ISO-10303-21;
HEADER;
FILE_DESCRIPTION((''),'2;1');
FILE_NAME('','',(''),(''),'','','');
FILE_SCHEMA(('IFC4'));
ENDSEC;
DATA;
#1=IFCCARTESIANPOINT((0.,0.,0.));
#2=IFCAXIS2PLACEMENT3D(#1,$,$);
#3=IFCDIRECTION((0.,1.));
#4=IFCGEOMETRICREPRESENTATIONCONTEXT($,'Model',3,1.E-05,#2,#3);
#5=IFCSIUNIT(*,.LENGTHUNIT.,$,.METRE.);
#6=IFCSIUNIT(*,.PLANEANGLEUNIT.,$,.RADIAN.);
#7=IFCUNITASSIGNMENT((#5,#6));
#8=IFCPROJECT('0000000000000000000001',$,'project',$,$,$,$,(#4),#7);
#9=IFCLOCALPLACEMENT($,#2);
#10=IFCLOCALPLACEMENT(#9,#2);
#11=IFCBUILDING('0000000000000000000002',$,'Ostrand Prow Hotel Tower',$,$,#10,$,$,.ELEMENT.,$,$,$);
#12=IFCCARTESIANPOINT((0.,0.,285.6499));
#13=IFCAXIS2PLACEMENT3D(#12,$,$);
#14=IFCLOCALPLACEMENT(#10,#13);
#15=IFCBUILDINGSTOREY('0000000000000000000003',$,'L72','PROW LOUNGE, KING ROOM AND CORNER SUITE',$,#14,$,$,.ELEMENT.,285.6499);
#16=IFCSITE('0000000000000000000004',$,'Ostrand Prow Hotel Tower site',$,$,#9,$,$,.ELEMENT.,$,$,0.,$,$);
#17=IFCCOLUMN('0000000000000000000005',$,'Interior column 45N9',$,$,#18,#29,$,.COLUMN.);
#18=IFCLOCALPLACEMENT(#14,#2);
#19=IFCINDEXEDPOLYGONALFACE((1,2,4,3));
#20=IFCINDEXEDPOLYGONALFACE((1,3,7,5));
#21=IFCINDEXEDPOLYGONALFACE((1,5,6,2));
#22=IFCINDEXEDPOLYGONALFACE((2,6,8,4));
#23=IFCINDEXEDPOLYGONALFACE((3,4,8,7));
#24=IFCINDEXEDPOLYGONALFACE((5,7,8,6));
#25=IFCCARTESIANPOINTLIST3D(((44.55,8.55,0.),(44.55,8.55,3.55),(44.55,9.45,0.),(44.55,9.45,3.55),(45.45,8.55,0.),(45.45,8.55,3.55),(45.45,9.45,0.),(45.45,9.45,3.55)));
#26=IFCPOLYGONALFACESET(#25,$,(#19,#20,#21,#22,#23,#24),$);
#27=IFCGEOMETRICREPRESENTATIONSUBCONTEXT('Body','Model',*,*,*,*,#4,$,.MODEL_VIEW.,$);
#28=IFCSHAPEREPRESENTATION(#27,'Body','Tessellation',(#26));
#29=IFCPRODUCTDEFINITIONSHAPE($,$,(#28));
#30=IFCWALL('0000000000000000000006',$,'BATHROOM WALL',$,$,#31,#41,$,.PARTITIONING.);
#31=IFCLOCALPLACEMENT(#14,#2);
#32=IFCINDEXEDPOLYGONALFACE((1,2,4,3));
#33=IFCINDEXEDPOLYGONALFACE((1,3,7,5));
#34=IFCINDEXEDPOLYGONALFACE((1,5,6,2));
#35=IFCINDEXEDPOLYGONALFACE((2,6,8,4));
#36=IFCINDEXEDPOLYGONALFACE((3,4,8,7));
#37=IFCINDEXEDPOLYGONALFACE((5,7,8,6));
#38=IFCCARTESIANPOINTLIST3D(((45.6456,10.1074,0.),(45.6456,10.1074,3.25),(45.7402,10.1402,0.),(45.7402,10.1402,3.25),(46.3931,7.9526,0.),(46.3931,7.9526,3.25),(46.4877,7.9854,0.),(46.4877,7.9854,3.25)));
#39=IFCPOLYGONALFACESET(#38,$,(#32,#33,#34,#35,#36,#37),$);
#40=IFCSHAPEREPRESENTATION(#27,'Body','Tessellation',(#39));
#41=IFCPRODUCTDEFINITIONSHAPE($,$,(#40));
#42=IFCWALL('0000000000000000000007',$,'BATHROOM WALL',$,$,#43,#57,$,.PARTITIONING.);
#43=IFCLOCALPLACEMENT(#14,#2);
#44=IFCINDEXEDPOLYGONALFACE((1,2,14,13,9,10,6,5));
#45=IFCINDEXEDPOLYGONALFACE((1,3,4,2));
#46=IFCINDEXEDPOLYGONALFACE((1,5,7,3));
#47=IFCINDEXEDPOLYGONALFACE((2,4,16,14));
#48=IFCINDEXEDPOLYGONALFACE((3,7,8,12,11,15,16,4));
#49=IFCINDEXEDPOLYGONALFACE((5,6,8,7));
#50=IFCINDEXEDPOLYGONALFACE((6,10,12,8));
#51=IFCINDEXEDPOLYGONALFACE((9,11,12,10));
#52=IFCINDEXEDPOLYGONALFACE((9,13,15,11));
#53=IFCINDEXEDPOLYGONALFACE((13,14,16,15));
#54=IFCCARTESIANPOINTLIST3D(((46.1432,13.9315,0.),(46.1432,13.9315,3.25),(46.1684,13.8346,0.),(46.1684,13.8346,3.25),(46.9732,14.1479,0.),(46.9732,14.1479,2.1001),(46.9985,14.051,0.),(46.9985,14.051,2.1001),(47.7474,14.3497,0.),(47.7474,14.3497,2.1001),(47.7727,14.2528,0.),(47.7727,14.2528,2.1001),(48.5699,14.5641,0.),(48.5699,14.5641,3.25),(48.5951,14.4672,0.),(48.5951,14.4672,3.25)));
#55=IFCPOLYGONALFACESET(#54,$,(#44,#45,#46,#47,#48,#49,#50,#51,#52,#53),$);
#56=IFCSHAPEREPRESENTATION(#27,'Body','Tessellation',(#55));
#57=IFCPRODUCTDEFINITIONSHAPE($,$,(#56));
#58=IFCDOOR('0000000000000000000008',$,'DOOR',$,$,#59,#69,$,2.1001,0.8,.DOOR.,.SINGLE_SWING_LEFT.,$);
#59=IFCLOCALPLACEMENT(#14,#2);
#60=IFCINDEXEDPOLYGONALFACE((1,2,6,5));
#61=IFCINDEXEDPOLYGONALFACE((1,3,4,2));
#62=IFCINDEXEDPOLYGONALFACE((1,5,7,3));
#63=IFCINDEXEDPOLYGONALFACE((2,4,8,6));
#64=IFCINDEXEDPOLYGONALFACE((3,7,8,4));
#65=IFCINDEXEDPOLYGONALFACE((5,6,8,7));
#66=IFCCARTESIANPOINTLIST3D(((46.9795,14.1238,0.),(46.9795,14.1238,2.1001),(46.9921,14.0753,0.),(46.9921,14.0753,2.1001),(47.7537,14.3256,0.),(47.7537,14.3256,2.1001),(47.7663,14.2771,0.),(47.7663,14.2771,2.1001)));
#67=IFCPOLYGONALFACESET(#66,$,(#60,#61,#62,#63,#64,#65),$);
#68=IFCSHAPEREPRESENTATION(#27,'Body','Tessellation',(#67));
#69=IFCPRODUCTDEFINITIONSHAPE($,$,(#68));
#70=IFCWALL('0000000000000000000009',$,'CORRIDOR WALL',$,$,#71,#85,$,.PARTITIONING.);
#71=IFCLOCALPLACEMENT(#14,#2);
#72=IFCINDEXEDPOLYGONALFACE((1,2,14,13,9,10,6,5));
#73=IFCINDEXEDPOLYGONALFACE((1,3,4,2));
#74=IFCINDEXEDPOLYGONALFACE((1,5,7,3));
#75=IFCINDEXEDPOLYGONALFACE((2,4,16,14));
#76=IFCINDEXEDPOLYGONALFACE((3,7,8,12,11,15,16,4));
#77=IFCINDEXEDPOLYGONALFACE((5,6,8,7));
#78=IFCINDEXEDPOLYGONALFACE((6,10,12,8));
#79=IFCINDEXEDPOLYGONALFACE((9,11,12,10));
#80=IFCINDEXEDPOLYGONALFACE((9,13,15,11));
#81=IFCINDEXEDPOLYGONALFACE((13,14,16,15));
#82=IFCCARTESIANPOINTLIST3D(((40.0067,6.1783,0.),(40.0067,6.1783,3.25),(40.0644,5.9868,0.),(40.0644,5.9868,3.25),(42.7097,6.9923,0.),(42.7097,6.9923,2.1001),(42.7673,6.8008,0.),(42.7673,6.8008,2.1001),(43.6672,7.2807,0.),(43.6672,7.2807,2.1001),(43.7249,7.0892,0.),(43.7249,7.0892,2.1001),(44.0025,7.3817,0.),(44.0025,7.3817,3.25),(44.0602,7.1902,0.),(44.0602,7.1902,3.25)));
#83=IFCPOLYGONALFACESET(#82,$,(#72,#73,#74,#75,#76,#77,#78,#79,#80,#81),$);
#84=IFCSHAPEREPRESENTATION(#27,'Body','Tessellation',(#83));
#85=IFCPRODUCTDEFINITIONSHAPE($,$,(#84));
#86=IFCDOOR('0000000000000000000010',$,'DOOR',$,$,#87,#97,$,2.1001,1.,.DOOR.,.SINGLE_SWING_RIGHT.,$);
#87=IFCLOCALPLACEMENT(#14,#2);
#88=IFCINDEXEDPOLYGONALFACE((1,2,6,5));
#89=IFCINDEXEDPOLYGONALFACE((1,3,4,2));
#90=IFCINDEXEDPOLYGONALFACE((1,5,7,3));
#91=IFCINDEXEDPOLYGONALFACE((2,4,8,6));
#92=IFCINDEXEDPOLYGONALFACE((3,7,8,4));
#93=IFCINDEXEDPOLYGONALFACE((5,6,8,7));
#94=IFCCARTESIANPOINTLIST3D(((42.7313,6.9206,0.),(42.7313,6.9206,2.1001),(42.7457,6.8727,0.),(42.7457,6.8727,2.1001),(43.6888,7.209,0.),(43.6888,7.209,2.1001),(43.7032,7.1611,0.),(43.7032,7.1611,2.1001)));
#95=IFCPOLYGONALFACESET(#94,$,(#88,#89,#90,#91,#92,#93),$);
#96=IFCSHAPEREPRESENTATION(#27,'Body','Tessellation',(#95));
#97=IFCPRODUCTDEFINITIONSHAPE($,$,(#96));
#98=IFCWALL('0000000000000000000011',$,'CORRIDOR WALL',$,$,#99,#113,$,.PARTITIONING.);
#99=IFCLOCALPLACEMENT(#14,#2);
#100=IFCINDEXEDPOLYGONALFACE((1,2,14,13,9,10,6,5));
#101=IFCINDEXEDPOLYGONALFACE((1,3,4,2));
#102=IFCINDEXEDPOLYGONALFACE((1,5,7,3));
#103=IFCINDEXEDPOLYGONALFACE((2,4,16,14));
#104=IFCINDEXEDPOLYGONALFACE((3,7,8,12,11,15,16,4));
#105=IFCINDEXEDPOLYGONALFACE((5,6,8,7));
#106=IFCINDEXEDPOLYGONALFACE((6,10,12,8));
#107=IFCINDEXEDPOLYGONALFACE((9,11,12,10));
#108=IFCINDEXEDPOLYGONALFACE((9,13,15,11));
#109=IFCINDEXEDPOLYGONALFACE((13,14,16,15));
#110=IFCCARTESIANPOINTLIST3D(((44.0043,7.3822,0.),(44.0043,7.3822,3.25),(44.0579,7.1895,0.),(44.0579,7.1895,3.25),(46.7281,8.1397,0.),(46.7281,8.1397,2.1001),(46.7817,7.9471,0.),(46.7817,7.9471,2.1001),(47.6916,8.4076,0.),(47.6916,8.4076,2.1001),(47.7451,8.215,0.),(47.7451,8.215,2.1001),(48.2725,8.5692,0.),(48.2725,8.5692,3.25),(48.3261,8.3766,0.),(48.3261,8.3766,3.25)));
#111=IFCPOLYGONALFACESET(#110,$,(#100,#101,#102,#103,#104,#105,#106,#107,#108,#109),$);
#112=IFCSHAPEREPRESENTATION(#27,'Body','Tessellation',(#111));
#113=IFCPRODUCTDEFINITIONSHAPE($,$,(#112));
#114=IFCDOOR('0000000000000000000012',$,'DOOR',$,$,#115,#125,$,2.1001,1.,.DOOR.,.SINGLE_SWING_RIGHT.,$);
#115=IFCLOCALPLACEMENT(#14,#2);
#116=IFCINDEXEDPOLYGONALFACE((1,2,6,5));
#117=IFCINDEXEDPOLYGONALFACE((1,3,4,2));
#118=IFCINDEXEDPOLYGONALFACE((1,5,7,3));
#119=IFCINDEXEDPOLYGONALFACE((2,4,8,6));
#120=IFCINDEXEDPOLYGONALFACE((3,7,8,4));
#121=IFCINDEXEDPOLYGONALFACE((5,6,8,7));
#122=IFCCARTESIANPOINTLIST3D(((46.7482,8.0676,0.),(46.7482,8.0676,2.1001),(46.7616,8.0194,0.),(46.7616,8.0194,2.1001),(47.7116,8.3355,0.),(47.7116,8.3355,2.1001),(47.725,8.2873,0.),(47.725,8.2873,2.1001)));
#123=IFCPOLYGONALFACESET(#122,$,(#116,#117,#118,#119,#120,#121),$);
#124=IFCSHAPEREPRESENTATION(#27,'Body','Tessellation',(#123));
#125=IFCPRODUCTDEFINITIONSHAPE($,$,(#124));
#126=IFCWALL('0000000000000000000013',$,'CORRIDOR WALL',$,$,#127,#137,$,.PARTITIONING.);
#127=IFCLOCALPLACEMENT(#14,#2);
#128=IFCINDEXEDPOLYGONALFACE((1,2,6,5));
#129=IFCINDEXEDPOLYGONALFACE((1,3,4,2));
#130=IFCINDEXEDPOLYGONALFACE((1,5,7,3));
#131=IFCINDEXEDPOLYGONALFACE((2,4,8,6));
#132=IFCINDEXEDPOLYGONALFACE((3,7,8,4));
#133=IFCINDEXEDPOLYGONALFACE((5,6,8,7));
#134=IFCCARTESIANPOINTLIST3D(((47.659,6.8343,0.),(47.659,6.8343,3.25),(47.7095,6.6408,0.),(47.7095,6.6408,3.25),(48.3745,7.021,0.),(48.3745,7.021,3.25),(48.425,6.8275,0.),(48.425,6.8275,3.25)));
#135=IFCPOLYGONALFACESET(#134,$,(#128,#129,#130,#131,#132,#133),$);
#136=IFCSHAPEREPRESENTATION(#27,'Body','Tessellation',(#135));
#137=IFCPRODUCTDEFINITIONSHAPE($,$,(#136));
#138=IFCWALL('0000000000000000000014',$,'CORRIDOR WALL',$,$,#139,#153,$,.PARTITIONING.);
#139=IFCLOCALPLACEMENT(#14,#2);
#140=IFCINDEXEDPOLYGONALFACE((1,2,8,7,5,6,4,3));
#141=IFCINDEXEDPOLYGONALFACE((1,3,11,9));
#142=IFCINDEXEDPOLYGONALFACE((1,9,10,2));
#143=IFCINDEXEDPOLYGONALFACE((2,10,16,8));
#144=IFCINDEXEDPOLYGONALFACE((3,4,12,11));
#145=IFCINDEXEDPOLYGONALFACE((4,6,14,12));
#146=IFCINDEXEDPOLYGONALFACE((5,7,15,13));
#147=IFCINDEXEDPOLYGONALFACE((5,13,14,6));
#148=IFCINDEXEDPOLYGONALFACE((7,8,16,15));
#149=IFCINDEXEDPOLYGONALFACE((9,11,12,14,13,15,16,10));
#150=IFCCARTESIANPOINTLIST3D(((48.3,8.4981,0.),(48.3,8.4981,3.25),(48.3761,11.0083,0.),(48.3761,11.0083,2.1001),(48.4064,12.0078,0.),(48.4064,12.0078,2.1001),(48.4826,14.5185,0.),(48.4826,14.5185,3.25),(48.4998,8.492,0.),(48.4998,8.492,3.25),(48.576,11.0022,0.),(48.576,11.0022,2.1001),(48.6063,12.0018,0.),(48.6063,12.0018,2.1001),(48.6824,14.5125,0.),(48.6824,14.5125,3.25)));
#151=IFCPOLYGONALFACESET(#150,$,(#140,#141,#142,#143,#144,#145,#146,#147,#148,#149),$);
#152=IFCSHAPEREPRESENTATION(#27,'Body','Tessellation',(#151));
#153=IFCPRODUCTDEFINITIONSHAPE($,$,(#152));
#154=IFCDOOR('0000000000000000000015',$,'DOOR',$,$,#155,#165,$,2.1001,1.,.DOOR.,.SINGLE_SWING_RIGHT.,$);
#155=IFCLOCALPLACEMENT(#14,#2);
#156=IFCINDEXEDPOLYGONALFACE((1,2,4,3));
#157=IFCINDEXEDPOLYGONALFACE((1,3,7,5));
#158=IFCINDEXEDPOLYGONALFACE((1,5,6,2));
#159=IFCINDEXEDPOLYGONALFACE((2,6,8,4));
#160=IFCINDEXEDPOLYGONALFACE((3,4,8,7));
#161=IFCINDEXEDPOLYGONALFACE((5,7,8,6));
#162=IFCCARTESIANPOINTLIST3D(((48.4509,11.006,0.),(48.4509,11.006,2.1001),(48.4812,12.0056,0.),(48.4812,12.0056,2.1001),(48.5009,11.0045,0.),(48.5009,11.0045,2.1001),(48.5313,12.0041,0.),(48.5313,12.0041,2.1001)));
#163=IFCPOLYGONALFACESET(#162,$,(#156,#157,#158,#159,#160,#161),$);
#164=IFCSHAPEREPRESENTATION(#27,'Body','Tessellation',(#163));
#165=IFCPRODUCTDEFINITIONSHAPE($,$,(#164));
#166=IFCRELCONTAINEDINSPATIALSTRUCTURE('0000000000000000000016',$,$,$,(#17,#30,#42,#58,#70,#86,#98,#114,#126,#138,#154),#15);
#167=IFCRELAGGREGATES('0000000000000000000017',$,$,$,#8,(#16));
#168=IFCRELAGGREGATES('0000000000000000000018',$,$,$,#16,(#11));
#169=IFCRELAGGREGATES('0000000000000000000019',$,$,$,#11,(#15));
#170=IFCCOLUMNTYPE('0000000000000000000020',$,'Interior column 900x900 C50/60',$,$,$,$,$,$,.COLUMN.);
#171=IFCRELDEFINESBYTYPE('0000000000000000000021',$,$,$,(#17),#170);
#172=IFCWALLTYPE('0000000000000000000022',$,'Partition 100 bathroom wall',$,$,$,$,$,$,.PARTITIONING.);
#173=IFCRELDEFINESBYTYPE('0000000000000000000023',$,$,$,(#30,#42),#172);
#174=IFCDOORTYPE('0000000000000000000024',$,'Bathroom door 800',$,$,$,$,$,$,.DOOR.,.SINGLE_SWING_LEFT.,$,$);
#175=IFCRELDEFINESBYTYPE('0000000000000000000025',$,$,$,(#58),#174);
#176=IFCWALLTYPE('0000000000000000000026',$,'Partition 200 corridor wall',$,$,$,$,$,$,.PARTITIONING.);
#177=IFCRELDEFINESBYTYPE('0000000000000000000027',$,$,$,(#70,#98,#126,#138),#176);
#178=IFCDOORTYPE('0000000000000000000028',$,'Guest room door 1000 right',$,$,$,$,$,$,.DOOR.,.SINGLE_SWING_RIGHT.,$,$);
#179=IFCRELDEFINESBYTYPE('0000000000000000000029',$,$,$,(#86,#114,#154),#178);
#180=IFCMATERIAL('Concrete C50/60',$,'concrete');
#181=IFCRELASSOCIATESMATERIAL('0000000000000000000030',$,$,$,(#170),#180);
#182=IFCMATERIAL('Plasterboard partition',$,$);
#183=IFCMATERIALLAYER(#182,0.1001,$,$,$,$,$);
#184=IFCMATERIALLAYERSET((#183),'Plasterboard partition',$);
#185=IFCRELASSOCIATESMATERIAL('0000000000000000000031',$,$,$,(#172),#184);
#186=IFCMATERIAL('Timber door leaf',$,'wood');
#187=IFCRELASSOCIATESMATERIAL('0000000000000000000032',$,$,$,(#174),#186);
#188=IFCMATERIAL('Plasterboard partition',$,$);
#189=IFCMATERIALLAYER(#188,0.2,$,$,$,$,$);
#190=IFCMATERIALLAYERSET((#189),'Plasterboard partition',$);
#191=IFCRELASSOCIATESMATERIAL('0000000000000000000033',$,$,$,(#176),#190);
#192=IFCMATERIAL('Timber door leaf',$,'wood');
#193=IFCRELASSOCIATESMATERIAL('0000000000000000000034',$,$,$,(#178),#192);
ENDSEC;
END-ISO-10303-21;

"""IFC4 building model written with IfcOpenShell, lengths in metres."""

from ifc_helpers import new_model, si_unit, direction, frame, frame_2d, origin, origin_2d, place, context, subcontext, project, spatial, rectangle, extrude, material, layer, layer_set, material_profile, profile_set, type_object, element, fill, save


model = new_model("IFC4")

# Units and contexts
model_context = context("Model", 3, precision=1e-05, world=origin(), true_north=direction((0.0, 1.0)))
body_context = subcontext(model_context, "Body", "Model", "MODEL_VIEW")
ifc_project = project(units=[si_unit("LENGTHUNIT", "METRE"), si_unit("PLANEANGLEUNIT", "RADIAN")], contexts=[model_context])

# Site, building, storey
site_placement = place(None, origin())
site = spatial("IfcSite", under=ifc_project, at=site_placement, Name="Ostrand Prow Hotel Tower site", CompositionType="ELEMENT", RefElevation=0.0)
building_placement = place(site_placement, origin())
building = spatial("IfcBuilding", under=site, at=building_placement, Name="Ostrand Prow Hotel Tower", CompositionType="ELEMENT")
storey_placement = place(building_placement, frame((0.0, 0.0, 285.6499)))
storey = spatial("IfcBuildingStorey", under=building, at=storey_placement, Name="L72", Description="PROW LOUNGE, KING ROOM AND CORNER SUITE", CompositionType="ELEMENT", Elevation=285.6499)

# Column
ifc_material_1 = material(Name="Concrete C50/60", Category="concrete")
ifc_material_profile = material_profile(ifc_material_1, rectangle(XDim=0.8999, YDim=0.8999, at=origin_2d()), Name="RC 900x900")
ifc_profile_set = profile_set([ifc_material_profile], Name="Concrete C50/60")
column_type = type_object("IfcColumnType", Name="Interior column 900x900 C50/60", PredefinedType="COLUMN", material=ifc_profile_set)
column_placement = place(storey_placement, frame((45.0, 9.0, 0.0), z_axis=(0.0, 0.0, 1.0), x_axis=(1.0, 0.0, 0.0)))
element("IfcColumn", 1, at=column_placement, inside=storey, type_object=column_type, Name="Interior column 45N9", PredefinedType="COLUMN", context=body_context, shape_type="SweptSolid", body=[
    extrude(rectangle(XDim=0.8999, YDim=0.8999, at=origin_2d()), origin(), (0.0, 0.0, 1.0), 3.55),
])

# Wall
ifc_material_2 = material(Name="Plasterboard partition")
ifc_layer_1 = layer(ifc_material_2, 0.1001)
ifc_layer_set_1 = layer_set([ifc_layer_1], Name="Plasterboard partition")
wall_type_1 = type_object("IfcWallType", Name="Partition 100 bathroom wall", PredefinedType="PARTITIONING", material=ifc_layer_set_1)
wall_1_placement = place(storey_placement, frame((45.6929, 10.1238, 0.0), z_axis=(0.0, 0.0, 1.0), x_axis=(0.327765, -0.944759, 0.0)))
element("IfcWall", 2, at=wall_1_placement, inside=storey, type_object=wall_type_1, Name="BATHROOM WALL", PredefinedType="PARTITIONING", context=body_context, shape_type="SweptSolid", body=[
    extrude(rectangle(XDim=2.2808, YDim=0.1001, at=frame_2d((1.1404, 0.0))), origin(), (0.0, 0.0, 1.0), 3.25),
])

# Walls, openings, doors
wall_2_placement = place(storey_placement, frame((48.5825, 14.5156, 0.0), z_axis=(0.0, 0.0, 1.0), x_axis=(-0.967666, -0.252236, 0.0)))
wall_2 = element("IfcWall", 3, at=wall_2_placement, inside=storey, type_object=wall_type_1, Name="BATHROOM WALL", PredefinedType="PARTITIONING", context=body_context, shape_type="SweptSolid", body=[
    extrude(rectangle(XDim=2.5078, YDim=0.1001, at=frame_2d((1.2539, 0.0))), origin(), (0.0, 0.0, 1.0), 3.25),
])
opening_1_placement = place(wall_2_placement, frame((0.8501, 0.0, 0.0)))
opening_1 = element("IfcOpeningElement", 4, at=opening_1_placement, cuts=wall_2, PredefinedType="OPENING", context=body_context, shape_type="SweptSolid", body=[
    extrude(rectangle(XDim=0.8, YDim=2.1001, at=frame_2d((0.3999, 1.05))), frame((0.0, 0.0601, 0.0), z_axis=(0.0, -1.0, 0.0), x_axis=(1.0, 0.0, 0.0)), (0.0, 0.0, 1.0), 0.1201),
])
ifc_material_3 = material(Name="Timber door leaf", Category="wood")
door_type_1 = type_object("IfcDoorType", Name="Bathroom door 800", OperationType="SINGLE_SWING_LEFT", PredefinedType="DOOR", material=ifc_material_3)
door_1_placement = place(opening_1_placement, origin())
door_1 = element("IfcDoor", 5, at=door_1_placement, inside=storey, type_object=door_type_1, Name="DOOR", OperationType="SINGLE_SWING_LEFT", OverallHeight=2.1001, OverallWidth=0.8, PredefinedType="DOOR", context=body_context, shape_type="SweptSolid", body=[
    extrude(rectangle(XDim=0.8, YDim=2.1001, at=frame_2d((0.3999, 1.05))), frame((0.0, 0.0249, 0.0), z_axis=(0.0, -1.0, 0.0), x_axis=(1.0, 0.0, 0.0)), (0.0, 0.0, 1.0), 0.05),
])
fill(opening_1, door_1)
ifc_material_4 = material(Name="Plasterboard partition")
ifc_layer_2 = layer(ifc_material_4, 0.2)
ifc_layer_set_2 = layer_set([ifc_layer_2], Name="Plasterboard partition")
wall_type_2 = type_object("IfcWallType", Name="Partition 200 corridor wall", PredefinedType="PARTITIONING", material=ifc_layer_set_2)
wall_3_placement = place(storey_placement, frame((44.0312, 7.2859, 0.0), z_axis=(0.0, 0.0, 1.0), x_axis=(-0.957521, -0.288362, 0.0)))
wall_3 = element("IfcWall", 6, at=wall_3_placement, inside=storey, type_object=wall_type_2, Name="CORRIDOR WALL", PredefinedType="PARTITIONING", context=body_context, shape_type="SweptSolid", body=[
    extrude(rectangle(XDim=4.1731, YDim=0.2, at=frame_2d((2.0864, 0.0))), origin(), (0.0, 0.0, 1.0), 3.25),
])
opening_2_placement = place(wall_3_placement, frame((0.3501, 0.0, 0.0)))
opening_2 = element("IfcOpeningElement", 7, at=opening_2_placement, cuts=wall_3, PredefinedType="OPENING", context=body_context, shape_type="SweptSolid", body=[
    extrude(rectangle(XDim=1.0, YDim=2.1001, at=frame_2d((0.5, 1.05))), frame((0.0, 0.1099, 0.0), z_axis=(0.0, -1.0, 0.0), x_axis=(1.0, 0.0, 0.0)), (0.0, 0.0, 1.0), 0.22),
])
ifc_material_5 = material(Name="Timber door leaf", Category="wood")
door_type_2 = type_object("IfcDoorType", Name="Guest room door 1000 right", OperationType="SINGLE_SWING_RIGHT", PredefinedType="DOOR", material=ifc_material_5)
door_2_placement = place(opening_2_placement, origin())
door_2 = element("IfcDoor", 8, at=door_2_placement, inside=storey, type_object=door_type_2, Name="DOOR", OperationType="SINGLE_SWING_RIGHT", OverallHeight=2.1001, OverallWidth=1.0, PredefinedType="DOOR", context=body_context, shape_type="SweptSolid", body=[
    extrude(rectangle(XDim=1.0, YDim=2.1001, at=frame_2d((0.5, 1.05))), frame((0.0, 0.0249, 0.0), z_axis=(0.0, -1.0, 0.0), x_axis=(1.0, 0.0, 0.0)), (0.0, 0.0, 1.0), 0.05),
])
fill(opening_2, door_2)
wall_4_placement = place(storey_placement, frame((48.2993, 8.4729, 0.0), z_axis=(0.0, 0.0, 1.0), x_axis=(-0.963434, -0.267945, 0.0)))
wall_4 = element("IfcWall", 9, at=wall_4_placement, inside=storey, type_object=wall_type_2, Name="CORRIDOR WALL", PredefinedType="PARTITIONING", context=body_context, shape_type="SweptSolid", body=[
    extrude(rectangle(XDim=4.4302, YDim=0.2, at=frame_2d((2.2151, 0.0))), origin(), (0.0, 0.0, 1.0), 3.25),
])
opening_3_placement = place(wall_4_placement, frame((0.603, 0.0, 0.0)))
opening_3 = element("IfcOpeningElement", 10, at=opening_3_placement, cuts=wall_4, PredefinedType="OPENING", context=body_context, shape_type="SweptSolid", body=[
    extrude(rectangle(XDim=1.0, YDim=2.1001, at=frame_2d((0.5, 1.05))), frame((0.0, 0.1099, 0.0), z_axis=(0.0, -1.0, 0.0), x_axis=(1.0, 0.0, 0.0)), (0.0, 0.0, 1.0), 0.22),
])
door_3_placement = place(opening_3_placement, origin())
door_3 = element("IfcDoor", 11, at=door_3_placement, inside=storey, type_object=door_type_2, Name="DOOR", OperationType="SINGLE_SWING_RIGHT", OverallHeight=2.1001, OverallWidth=1.0, PredefinedType="DOOR", context=body_context, shape_type="SweptSolid", body=[
    extrude(rectangle(XDim=1.0, YDim=2.1001, at=frame_2d((0.5, 1.05))), frame((0.0, 0.0249, 0.0), z_axis=(0.0, -1.0, 0.0), x_axis=(1.0, 0.0, 0.0)), (0.0, 0.0, 1.0), 0.05),
])
fill(opening_3, door_3)

# Wall
wall_5_placement = place(storey_placement, frame((47.6843, 6.7375, 0.0), z_axis=(0.0, 0.0, 1.0), x_axis=(0.967586, 0.252543, 0.0)))
element("IfcWall", 12, at=wall_5_placement, inside=storey, type_object=wall_type_2, Name="CORRIDOR WALL", PredefinedType="PARTITIONING", context=body_context, shape_type="SweptSolid", body=[
    extrude(rectangle(XDim=0.7395, YDim=0.2, at=frame_2d((0.3696, 0.0))), origin(), (0.0, 0.0, 1.0), 3.25),
])

# Wall, opening, door
wall_6_placement = place(storey_placement, frame((48.5825, 14.5156, 0.0), z_axis=(0.0, 0.0, 1.0), x_axis=(-0.030319, -0.99954, 0.0)))
wall_6 = element("IfcWall", 13, at=wall_6_placement, inside=storey, type_object=wall_type_2, Name="CORRIDOR WALL", PredefinedType="PARTITIONING", context=body_context, shape_type="SweptSolid", body=[
    extrude(rectangle(XDim=6.0232, YDim=0.2, at=frame_2d((3.0117, 0.0))), origin(), (0.0, 0.0, 1.0), 3.25),
])
opening_4_placement = place(wall_6_placement, frame((2.512, 0.0, 0.0)))
opening_4 = element("IfcOpeningElement", 14, at=opening_4_placement, cuts=wall_6, PredefinedType="OPENING", context=body_context, shape_type="SweptSolid", body=[
    extrude(rectangle(XDim=1.0, YDim=2.1001, at=frame_2d((0.5, 1.05))), frame((0.0, 0.1099, 0.0), z_axis=(0.0, -1.0, 0.0), x_axis=(1.0, 0.0, 0.0)), (0.0, 0.0, 1.0), 0.22),
])
door_4_placement = place(opening_4_placement, origin())
door_4 = element("IfcDoor", 15, at=door_4_placement, inside=storey, type_object=door_type_2, Name="DOOR", OperationType="SINGLE_SWING_RIGHT", OverallHeight=2.1001, OverallWidth=1.0, PredefinedType="DOOR", context=body_context, shape_type="SweptSolid", body=[
    extrude(rectangle(XDim=1.0, YDim=2.1001, at=frame_2d((0.5, 1.05))), frame((0.0, 0.0249, 0.0), z_axis=(0.0, -1.0, 0.0), x_axis=(1.0, 0.0, 0.0)), (0.0, 0.0, 1.0), 0.05),
])
fill(opening_4, door_4)

save(model, "model.ifc")
